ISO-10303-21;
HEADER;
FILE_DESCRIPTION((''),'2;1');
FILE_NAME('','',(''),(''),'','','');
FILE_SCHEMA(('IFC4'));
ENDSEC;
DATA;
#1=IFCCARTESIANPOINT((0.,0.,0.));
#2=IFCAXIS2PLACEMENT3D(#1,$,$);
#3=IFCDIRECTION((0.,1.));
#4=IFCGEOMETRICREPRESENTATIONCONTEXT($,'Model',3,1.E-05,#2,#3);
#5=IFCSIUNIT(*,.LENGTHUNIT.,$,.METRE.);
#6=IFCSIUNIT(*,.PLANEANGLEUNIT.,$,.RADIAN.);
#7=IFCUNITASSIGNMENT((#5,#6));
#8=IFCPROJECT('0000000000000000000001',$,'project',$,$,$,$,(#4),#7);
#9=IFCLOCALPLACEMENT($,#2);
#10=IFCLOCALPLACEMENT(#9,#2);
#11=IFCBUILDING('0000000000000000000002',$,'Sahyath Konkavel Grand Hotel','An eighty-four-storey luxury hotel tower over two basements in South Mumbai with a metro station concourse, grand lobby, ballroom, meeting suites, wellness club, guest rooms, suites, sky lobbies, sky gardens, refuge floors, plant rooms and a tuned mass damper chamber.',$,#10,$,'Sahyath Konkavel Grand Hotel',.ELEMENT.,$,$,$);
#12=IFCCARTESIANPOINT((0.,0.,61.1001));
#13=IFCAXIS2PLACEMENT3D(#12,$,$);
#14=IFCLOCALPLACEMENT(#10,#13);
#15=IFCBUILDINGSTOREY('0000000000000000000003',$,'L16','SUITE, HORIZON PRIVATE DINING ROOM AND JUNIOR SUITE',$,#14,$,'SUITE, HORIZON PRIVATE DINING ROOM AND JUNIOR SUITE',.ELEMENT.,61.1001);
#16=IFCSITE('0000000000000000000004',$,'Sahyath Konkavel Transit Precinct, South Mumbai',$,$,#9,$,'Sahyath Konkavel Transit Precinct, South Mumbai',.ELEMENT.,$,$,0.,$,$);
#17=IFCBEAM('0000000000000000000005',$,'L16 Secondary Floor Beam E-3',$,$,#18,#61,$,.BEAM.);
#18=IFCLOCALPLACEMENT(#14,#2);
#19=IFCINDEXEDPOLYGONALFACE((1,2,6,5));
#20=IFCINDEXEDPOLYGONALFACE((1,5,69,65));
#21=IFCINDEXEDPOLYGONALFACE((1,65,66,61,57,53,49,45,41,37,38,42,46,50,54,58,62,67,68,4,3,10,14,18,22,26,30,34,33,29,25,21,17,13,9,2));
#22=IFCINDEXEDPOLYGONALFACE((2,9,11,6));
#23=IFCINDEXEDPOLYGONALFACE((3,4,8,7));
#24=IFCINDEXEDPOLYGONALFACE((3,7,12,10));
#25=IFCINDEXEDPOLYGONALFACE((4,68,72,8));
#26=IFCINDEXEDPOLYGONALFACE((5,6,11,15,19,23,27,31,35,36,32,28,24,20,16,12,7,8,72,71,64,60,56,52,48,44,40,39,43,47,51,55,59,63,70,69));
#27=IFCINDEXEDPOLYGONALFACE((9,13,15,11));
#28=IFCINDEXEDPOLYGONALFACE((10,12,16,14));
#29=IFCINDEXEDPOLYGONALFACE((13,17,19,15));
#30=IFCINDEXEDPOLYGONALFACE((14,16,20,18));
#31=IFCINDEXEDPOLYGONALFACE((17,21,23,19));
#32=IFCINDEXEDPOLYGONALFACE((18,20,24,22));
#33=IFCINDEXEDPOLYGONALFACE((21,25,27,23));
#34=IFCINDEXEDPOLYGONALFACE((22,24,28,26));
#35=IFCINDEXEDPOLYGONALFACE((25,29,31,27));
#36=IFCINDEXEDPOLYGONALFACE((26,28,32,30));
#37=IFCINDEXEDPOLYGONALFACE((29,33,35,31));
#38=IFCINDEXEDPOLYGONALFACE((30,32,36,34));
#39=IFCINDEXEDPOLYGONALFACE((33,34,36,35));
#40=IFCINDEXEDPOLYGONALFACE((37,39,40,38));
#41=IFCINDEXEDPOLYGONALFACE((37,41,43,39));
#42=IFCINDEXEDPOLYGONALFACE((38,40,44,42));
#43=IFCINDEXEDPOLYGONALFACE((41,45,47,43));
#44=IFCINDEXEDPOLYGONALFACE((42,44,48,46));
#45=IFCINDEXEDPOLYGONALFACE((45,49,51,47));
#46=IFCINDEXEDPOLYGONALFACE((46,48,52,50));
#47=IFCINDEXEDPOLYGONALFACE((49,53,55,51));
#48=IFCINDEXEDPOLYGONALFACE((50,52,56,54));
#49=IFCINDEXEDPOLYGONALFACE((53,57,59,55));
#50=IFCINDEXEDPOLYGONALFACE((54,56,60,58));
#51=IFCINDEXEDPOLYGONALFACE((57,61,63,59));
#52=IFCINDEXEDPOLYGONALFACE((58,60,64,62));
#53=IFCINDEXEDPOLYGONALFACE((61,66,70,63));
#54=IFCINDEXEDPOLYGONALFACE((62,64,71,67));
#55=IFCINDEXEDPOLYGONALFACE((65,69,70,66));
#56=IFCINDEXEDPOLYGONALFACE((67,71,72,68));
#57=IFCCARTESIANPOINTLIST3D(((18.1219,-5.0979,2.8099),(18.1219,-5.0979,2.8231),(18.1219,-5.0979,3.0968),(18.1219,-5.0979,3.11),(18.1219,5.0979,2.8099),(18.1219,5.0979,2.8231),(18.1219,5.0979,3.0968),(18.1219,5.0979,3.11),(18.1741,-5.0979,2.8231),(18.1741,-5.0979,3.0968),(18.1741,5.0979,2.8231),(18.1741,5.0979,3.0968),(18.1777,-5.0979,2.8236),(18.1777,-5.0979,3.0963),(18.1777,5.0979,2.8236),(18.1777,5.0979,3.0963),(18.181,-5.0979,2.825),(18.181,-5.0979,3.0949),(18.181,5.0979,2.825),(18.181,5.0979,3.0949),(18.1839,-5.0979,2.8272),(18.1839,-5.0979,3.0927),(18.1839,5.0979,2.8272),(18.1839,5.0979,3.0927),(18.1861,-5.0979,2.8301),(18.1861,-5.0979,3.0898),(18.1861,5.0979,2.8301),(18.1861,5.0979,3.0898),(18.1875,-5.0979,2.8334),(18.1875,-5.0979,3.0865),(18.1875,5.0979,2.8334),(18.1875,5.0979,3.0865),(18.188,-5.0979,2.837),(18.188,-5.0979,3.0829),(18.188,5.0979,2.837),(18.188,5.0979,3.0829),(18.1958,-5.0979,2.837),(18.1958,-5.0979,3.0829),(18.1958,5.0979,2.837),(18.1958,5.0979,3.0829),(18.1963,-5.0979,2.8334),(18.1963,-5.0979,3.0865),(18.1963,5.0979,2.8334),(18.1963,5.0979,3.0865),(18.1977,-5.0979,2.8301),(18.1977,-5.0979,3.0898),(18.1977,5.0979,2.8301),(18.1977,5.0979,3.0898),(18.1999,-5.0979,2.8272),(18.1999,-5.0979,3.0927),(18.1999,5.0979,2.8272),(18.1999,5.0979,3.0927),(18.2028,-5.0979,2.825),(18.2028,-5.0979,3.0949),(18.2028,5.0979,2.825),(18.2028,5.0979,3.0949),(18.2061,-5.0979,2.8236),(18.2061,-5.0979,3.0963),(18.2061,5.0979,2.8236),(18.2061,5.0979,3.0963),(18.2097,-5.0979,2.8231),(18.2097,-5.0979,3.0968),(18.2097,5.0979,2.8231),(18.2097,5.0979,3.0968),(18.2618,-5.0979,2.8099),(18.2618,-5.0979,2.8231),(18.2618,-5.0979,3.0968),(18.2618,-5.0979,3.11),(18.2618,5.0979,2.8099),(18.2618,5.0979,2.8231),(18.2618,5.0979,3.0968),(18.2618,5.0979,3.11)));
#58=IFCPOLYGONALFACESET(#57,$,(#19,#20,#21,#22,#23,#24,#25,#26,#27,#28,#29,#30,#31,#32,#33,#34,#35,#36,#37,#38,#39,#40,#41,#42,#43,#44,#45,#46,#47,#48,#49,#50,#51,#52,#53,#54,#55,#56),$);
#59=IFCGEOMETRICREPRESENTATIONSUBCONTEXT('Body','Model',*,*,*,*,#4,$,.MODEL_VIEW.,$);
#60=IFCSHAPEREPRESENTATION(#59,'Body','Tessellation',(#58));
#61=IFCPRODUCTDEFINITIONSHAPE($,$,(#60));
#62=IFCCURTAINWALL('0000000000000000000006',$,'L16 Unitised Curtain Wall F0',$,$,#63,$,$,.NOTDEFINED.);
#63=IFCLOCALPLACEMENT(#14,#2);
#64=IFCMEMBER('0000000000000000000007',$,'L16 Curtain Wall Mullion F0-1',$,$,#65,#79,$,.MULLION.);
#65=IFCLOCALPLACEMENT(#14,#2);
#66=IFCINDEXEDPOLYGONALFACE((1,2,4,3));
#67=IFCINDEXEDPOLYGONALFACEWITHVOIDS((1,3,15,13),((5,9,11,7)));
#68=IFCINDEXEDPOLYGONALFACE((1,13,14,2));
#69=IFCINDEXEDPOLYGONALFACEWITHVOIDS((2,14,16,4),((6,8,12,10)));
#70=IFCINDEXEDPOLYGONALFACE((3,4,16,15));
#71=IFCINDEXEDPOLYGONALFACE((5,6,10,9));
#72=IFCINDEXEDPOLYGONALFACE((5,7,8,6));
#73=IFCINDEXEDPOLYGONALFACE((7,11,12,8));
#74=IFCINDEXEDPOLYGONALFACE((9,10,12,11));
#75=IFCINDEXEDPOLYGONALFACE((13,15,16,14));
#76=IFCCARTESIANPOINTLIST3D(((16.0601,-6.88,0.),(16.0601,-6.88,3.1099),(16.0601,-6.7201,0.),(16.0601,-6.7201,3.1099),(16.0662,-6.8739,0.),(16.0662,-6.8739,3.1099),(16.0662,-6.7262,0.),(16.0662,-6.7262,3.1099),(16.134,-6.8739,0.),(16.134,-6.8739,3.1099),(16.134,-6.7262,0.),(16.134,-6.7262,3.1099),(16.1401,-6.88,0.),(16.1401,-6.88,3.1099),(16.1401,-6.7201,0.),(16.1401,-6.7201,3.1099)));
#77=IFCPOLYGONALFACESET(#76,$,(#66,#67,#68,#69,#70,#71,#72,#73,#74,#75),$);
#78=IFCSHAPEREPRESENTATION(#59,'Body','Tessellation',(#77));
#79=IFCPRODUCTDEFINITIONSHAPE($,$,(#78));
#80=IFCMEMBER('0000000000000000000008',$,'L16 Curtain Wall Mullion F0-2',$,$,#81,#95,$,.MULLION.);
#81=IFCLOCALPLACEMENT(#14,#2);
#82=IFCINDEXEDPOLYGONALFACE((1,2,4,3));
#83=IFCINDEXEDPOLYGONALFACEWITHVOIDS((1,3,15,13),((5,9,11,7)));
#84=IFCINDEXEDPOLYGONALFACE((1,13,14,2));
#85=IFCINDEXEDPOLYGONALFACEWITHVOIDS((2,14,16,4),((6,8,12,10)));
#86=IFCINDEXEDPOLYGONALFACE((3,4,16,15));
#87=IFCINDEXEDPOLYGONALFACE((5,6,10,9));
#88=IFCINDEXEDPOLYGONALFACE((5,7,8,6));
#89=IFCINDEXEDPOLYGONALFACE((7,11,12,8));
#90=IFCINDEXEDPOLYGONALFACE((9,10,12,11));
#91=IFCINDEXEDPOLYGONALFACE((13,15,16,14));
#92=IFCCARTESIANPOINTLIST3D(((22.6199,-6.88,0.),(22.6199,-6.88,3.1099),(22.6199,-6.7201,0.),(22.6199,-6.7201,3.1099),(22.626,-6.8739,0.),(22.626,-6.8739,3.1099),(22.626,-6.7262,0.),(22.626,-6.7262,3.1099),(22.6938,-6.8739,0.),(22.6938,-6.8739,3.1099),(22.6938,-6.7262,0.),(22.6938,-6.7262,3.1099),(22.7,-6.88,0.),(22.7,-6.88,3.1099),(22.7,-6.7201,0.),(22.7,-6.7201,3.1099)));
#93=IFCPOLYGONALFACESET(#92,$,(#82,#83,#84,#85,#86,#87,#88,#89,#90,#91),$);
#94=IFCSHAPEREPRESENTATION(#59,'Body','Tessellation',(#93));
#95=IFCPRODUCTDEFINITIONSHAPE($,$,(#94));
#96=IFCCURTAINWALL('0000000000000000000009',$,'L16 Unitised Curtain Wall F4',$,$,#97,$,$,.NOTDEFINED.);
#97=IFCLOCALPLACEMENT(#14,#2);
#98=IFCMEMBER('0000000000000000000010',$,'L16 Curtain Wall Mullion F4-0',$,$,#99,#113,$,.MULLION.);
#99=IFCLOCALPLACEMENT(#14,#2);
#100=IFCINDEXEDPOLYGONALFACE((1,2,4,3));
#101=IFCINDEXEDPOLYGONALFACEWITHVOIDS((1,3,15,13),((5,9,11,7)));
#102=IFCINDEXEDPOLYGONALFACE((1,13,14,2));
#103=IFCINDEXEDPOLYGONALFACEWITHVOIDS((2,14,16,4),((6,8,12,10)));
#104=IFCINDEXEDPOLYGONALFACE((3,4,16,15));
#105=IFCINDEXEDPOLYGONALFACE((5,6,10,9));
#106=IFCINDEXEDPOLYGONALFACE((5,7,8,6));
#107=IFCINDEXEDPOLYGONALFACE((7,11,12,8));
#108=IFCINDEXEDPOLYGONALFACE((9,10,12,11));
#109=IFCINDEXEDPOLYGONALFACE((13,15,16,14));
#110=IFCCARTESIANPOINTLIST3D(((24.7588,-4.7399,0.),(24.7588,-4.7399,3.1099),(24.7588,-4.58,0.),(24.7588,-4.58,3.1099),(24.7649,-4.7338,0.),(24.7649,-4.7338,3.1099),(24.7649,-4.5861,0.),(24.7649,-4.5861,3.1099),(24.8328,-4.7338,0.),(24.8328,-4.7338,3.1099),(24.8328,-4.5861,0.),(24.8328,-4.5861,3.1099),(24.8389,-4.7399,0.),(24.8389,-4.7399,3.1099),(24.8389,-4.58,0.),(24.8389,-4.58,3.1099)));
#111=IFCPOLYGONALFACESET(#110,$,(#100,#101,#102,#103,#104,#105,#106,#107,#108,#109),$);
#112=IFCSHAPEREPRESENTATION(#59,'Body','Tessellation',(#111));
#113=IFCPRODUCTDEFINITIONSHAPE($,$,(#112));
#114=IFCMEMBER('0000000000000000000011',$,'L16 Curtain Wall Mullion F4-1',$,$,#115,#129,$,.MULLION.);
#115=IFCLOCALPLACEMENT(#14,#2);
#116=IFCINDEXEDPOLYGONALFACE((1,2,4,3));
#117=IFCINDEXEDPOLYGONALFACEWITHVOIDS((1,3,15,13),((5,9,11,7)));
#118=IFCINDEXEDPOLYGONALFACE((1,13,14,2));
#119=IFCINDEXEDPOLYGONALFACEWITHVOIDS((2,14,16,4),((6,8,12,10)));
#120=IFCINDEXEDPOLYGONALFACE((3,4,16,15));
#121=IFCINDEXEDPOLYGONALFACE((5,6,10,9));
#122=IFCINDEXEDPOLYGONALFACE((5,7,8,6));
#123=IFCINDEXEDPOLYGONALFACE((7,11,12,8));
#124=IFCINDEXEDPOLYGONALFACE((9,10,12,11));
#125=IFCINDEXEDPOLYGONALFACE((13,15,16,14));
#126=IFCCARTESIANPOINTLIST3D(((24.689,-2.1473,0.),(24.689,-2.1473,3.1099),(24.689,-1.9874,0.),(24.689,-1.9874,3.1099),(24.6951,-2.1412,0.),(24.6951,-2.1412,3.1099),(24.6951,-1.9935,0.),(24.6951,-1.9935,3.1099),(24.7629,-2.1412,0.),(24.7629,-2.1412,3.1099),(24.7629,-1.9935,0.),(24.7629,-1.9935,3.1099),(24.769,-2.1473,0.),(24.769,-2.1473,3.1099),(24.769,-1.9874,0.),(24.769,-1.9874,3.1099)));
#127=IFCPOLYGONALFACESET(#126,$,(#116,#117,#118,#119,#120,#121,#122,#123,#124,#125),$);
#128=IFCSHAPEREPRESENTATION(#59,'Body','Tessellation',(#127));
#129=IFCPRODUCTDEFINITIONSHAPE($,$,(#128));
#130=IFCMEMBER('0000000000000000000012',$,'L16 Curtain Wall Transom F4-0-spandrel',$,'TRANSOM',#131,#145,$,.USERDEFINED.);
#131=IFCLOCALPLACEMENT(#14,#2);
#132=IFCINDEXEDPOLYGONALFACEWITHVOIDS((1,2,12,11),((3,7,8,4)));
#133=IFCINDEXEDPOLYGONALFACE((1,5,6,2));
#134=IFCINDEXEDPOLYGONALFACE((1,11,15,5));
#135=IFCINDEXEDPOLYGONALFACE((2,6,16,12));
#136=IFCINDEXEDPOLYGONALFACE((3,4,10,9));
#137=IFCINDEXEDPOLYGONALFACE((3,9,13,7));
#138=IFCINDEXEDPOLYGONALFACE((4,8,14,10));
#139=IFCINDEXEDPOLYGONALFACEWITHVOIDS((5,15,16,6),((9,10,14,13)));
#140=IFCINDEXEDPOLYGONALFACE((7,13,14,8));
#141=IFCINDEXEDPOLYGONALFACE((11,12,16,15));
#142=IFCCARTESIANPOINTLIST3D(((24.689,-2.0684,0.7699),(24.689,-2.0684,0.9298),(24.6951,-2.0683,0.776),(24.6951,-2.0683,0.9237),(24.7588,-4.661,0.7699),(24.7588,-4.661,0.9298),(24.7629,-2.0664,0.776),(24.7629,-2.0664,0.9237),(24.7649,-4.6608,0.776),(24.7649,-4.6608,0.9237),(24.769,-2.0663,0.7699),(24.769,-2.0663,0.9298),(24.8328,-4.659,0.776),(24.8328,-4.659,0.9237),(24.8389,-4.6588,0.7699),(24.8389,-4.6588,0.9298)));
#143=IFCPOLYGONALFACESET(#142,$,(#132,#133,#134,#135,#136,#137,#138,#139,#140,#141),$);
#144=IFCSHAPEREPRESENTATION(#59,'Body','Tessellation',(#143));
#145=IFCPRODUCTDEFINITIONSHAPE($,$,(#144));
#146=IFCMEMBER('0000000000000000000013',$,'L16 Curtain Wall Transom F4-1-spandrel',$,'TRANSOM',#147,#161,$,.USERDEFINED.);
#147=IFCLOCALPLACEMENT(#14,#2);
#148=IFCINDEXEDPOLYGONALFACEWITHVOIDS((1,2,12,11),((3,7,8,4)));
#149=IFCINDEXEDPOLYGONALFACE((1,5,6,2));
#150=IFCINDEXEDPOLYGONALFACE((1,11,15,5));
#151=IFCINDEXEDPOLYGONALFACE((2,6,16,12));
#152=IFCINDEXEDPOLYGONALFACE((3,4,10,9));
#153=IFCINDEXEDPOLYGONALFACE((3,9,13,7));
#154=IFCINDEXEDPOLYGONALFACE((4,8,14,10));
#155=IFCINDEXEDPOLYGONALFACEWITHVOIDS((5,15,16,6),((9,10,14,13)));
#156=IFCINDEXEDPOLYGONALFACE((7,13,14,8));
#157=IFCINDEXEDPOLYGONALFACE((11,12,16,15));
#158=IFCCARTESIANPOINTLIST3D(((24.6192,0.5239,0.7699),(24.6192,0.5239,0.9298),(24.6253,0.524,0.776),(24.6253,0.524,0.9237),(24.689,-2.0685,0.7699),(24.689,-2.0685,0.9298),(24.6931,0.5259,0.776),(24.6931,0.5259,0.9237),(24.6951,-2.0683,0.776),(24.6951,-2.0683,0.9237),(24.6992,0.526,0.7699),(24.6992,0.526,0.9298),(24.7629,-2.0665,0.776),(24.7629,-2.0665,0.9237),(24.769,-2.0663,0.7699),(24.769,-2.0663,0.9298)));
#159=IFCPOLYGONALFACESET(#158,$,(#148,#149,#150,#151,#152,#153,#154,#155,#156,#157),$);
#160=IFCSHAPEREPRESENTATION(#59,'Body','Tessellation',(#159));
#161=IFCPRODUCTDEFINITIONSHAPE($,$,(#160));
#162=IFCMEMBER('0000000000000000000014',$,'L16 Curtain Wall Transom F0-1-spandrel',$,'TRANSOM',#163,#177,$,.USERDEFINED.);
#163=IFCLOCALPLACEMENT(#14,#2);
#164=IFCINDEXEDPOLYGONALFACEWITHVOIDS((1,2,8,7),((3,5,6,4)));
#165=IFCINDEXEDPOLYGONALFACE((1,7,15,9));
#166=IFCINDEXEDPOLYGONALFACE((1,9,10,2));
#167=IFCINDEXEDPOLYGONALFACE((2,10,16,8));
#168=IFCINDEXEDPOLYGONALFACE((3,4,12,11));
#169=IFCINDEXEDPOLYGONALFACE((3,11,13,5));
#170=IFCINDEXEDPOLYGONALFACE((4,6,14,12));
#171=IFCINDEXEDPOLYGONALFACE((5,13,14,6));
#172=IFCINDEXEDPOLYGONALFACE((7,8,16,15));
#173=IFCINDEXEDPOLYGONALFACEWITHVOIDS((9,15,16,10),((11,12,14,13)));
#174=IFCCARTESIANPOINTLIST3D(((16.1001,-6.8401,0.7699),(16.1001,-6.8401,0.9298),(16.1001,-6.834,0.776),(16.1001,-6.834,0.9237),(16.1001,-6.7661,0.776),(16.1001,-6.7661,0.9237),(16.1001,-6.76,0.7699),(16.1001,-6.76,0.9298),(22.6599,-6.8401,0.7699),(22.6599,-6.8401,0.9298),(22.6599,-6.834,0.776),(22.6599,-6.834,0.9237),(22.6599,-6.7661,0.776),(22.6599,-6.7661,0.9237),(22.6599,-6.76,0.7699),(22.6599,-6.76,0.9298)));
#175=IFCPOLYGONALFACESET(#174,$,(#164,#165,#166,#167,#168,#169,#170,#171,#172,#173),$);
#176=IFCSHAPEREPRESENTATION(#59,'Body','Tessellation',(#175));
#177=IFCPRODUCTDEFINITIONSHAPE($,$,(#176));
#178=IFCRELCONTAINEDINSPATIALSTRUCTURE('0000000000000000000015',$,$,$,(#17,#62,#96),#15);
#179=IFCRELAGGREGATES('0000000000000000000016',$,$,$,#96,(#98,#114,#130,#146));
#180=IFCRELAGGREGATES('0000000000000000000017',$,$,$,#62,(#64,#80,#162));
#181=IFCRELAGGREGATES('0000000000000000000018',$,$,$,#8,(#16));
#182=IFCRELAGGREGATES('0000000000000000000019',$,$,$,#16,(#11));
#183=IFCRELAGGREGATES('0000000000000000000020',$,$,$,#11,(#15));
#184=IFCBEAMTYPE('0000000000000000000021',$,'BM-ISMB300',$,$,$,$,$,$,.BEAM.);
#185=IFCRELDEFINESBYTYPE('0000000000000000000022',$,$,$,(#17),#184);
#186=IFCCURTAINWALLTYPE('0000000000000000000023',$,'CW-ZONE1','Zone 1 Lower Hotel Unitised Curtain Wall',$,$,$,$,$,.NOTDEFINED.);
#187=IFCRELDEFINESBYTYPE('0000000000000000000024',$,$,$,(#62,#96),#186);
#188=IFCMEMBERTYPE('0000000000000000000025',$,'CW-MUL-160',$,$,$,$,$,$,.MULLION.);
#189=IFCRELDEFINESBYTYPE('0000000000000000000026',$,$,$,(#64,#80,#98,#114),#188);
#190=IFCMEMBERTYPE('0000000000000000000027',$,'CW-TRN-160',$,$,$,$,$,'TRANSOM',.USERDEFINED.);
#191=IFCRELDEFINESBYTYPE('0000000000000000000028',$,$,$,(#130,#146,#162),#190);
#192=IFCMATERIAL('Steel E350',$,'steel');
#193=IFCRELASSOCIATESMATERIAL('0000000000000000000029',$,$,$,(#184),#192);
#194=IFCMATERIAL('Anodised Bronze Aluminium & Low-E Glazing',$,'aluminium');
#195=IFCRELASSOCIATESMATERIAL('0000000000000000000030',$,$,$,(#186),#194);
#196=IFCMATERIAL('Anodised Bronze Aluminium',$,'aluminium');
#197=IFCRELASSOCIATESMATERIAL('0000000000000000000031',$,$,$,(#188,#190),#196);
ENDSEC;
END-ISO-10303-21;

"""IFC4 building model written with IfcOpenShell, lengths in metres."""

from ifc_helpers import new_model, si_unit, direction, frame, origin, origin_2d, place, context, subcontext, project, spatial, hollow_rectangle, i_section, extrude, source, transform, mapped, material, material_profile, profile_set, type_object, element, aggregate, save


model = new_model("IFC4")

# Units and contexts
model_context = context("Model", 3, precision=1e-05, world=origin(), true_north=direction((0.0, 1.0)))
body_context = subcontext(model_context, "Body", "Model", "MODEL_VIEW")
ifc_project = project(units=[si_unit("LENGTHUNIT", "METRE"), si_unit("PLANEANGLEUNIT", "RADIAN")], contexts=[model_context])

# Site, building, storey
site_placement = place(None, origin())
site = spatial("IfcSite", under=ifc_project, at=site_placement, Name="Sahyath Konkavel Transit Precinct, South Mumbai", LongName="Sahyath Konkavel Transit Precinct, South Mumbai", CompositionType="ELEMENT", RefElevation=0.0)
building_placement = place(site_placement, origin())
building = spatial("IfcBuilding", under=site, at=building_placement, Name="Sahyath Konkavel Grand Hotel", Description="An eighty-four-storey luxury hotel tower over two basements in South Mumbai with a metro station concourse, grand lobby, ballroom, meeting suites, wellness club, guest rooms, suites, sky lobbies, sky gardens, refuge floors, plant rooms and a tuned mass damper chamber.", LongName="Sahyath Konkavel Grand Hotel", CompositionType="ELEMENT")
storey_placement = place(building_placement, frame((0.0, 0.0, 61.1001)))
storey = spatial("IfcBuildingStorey", under=building, at=storey_placement, Name="L16", Description="SUITE, HORIZON PRIVATE DINING ROOM AND JUNIOR SUITE", LongName="SUITE, HORIZON PRIVATE DINING ROOM AND JUNIOR SUITE", CompositionType="ELEMENT", Elevation=61.1001)

# Beam
ifc_material_1 = material(Name="Steel E350", Category="steel")
ifc_material_profile_1 = material_profile(ifc_material_1, i_section(OverallWidth=0.1399, OverallDepth=0.3, WebThickness=0.0078, FlangeThickness=0.0132, FilletRadius=0.0139, at=origin_2d()), Name="ISMB 300")
ifc_profile_set_1 = profile_set([ifc_material_profile_1], Name="Steel E350")
beam_type_1 = type_object("IfcBeamType", Name="BM-ISMB300", PredefinedType="BEAM", material=ifc_profile_set_1)
shared_shape_1 = source(origin(), body_context, "Body", "SweptSolid", [
    extrude(i_section(OverallWidth=0.1399, OverallDepth=0.3, WebThickness=0.0078, FlangeThickness=0.0132, FilletRadius=0.0139, at=origin_2d()), origin(), (0.0, 0.0, 1.0), 10.1958),
])
beam_1_placement = place(storey_placement, frame((18.1919, -5.0979, 2.96), z_axis=(0.0, 1.0, 0.0), x_axis=(-1.0, 0.0, 0.0)))
element("IfcBeam", 1, at=beam_1_placement, inside=storey, type_object=beam_type_1, Name="L16 Secondary Floor Beam E-3", PredefinedType="BEAM", context=body_context, shape_type="MappedRepresentation", body=[
    mapped(shared_shape_1, transform((0.0, 0.0, 0.0), scale=1.0)),
])

# Curtain walls, members
ifc_material_2 = material(Name="Anodised Bronze Aluminium & Low-E Glazing", Category="aluminium")
curtain_wall_type = type_object("IfcCurtainWallType", Name="CW-ZONE1", Description="Zone 1 Lower Hotel Unitised Curtain Wall", PredefinedType="NOTDEFINED", material=ifc_material_2)
curtain_wall_1_placement = place(storey_placement, origin())
curtain_wall_1 = element("IfcCurtainWall", 2, at=curtain_wall_1_placement, inside=storey, type_object=curtain_wall_type, Name="L16 Unitised Curtain Wall F0", PredefinedType="NOTDEFINED")
ifc_material_3 = material(Name="Anodised Bronze Aluminium", Category="aluminium")
ifc_material_profile_2 = material_profile(ifc_material_3, hollow_rectangle(XDim=0.0801, YDim=0.1599, WallThickness=0.0061, at=origin_2d()), Name="RHS 160x80x6")
ifc_profile_set_2 = profile_set([ifc_material_profile_2], Name="Anodised Bronze Aluminium")
member_type_1 = type_object("IfcMemberType", Name="CW-MUL-160", PredefinedType="MULLION", material=ifc_profile_set_2)
shared_shape_2 = source(origin(), body_context, "Body", "SweptSolid", [
    extrude(hollow_rectangle(XDim=0.0801, YDim=0.1599, WallThickness=0.0061, at=origin_2d()), origin(), (0.0, 0.0, 1.0), 3.1099),
])
member_1_placement = place(storey_placement, frame((16.1001, -6.8, 0.0), z_axis=(0.0, 0.0, 1.0), x_axis=(1.0, 0.0, 0.0)))
member_1 = element("IfcMember", 3, at=member_1_placement, type_object=member_type_1, Name="L16 Curtain Wall Mullion F0-1", PredefinedType="MULLION", context=body_context, shape_type="MappedRepresentation", body=[
    mapped(shared_shape_2, transform((0.0, 0.0, 0.0), scale=1.0)),
])
member_2_placement = place(storey_placement, frame((22.6599, -6.8, 0.0), z_axis=(0.0, 0.0, 1.0), x_axis=(1.0, 0.0, 0.0)))
member_2 = element("IfcMember", 4, at=member_2_placement, type_object=member_type_1, Name="L16 Curtain Wall Mullion F0-2", PredefinedType="MULLION", context=body_context, shape_type="MappedRepresentation", body=[
    mapped(shared_shape_2, transform((0.0, 0.0, 0.0), scale=1.0)),
])
curtain_wall_2_placement = place(storey_placement, origin())
curtain_wall_2 = element("IfcCurtainWall", 5, at=curtain_wall_2_placement, inside=storey, type_object=curtain_wall_type, Name="L16 Unitised Curtain Wall F4", PredefinedType="NOTDEFINED")
member_3_placement = place(storey_placement, frame((24.7988, -4.6599, 0.0), z_axis=(0.0, 0.0, 1.0), x_axis=(1.0, 0.0, 0.0)))
member_3 = element("IfcMember", 6, at=member_3_placement, type_object=member_type_1, Name="L16 Curtain Wall Mullion F4-0", PredefinedType="MULLION", context=body_context, shape_type="MappedRepresentation", body=[
    mapped(shared_shape_2, transform((0.0, 0.0, 0.0), scale=1.0)),
])
member_4_placement = place(storey_placement, frame((24.729, -2.0674, 0.0), z_axis=(0.0, 0.0, 1.0), x_axis=(1.0, 0.0, 0.0)))
member_4 = element("IfcMember", 7, at=member_4_placement, type_object=member_type_1, Name="L16 Curtain Wall Mullion F4-1", PredefinedType="MULLION", context=body_context, shape_type="MappedRepresentation", body=[
    mapped(shared_shape_2, transform((0.0, 0.0, 0.0), scale=1.0)),
])
ifc_material_profile_3 = material_profile(ifc_material_3, hollow_rectangle(XDim=0.0801, YDim=0.1599, WallThickness=0.0061, at=origin_2d()), Name="RHS 160x80x6")
ifc_profile_set_3 = profile_set([ifc_material_profile_3], Name="Anodised Bronze Aluminium")
member_type_2 = type_object("IfcMemberType", Name="CW-TRN-160", ElementType="TRANSOM", PredefinedType="USERDEFINED", material=ifc_profile_set_3)
shared_shape_3 = source(origin(), body_context, "Body", "SweptSolid", [
    extrude(hollow_rectangle(XDim=0.0801, YDim=0.1599, WallThickness=0.0061, at=origin_2d()), origin(), (0.0, 0.0, 1.0), 2.5935),
])
member_5_placement = place(storey_placement, frame((24.7988, -4.6599, 0.8499), z_axis=(-0.026923, 0.999638, 0.0), x_axis=(-0.999638, -0.026923, 0.0)))
member_5 = element("IfcMember", 8, at=member_5_placement, type_object=member_type_2, Name="L16 Curtain Wall Transom F4-0-spandrel", ObjectType="TRANSOM", PredefinedType="USERDEFINED", context=body_context, shape_type="MappedRepresentation", body=[
    mapped(shared_shape_3, transform((0.0, 0.0, 0.0), scale=1.0)),
])
shared_shape_4 = source(origin(), body_context, "Body", "SweptSolid", [
    extrude(hollow_rectangle(XDim=0.0801, YDim=0.1599, WallThickness=0.0061, at=origin_2d()), origin(), (0.0, 0.0, 1.0), 2.5933),
])
member_6_placement = place(storey_placement, frame((24.729, -2.0674, 0.8499), z_axis=(-0.026926, 0.999637, 0.0), x_axis=(-0.999637, -0.026926, 0.0)))
member_6 = element("IfcMember", 9, at=member_6_placement, type_object=member_type_2, Name="L16 Curtain Wall Transom F4-1-spandrel", ObjectType="TRANSOM", PredefinedType="USERDEFINED", context=body_context, shape_type="MappedRepresentation", body=[
    mapped(shared_shape_4, transform((0.0, 0.0, 0.0), scale=1.0)),
])

# Member
shared_shape_5 = source(origin(), body_context, "Body", "SweptSolid", [
    extrude(hollow_rectangle(XDim=0.0801, YDim=0.1599, WallThickness=0.0061, at=origin_2d()), origin(), (0.0, 0.0, 1.0), 6.5598),
])
member_7_placement = place(storey_placement, frame((16.1001, -6.8, 0.8499), z_axis=(1.0, 0.0, 0.0), x_axis=(0.0, 1.0, 0.0)))
member_7 = element("IfcMember", 10, at=member_7_placement, type_object=member_type_2, Name="L16 Curtain Wall Transom F0-1-spandrel", ObjectType="TRANSOM", PredefinedType="USERDEFINED", context=body_context, shape_type="MappedRepresentation", body=[
    mapped(shared_shape_5, transform((0.0, 0.0, 0.0), scale=1.0)),
])

aggregate(curtain_wall_2, [member_3, member_4, member_5, member_6])
aggregate(curtain_wall_1, [member_1, member_2, member_7])

save(model, "model.ifc")
